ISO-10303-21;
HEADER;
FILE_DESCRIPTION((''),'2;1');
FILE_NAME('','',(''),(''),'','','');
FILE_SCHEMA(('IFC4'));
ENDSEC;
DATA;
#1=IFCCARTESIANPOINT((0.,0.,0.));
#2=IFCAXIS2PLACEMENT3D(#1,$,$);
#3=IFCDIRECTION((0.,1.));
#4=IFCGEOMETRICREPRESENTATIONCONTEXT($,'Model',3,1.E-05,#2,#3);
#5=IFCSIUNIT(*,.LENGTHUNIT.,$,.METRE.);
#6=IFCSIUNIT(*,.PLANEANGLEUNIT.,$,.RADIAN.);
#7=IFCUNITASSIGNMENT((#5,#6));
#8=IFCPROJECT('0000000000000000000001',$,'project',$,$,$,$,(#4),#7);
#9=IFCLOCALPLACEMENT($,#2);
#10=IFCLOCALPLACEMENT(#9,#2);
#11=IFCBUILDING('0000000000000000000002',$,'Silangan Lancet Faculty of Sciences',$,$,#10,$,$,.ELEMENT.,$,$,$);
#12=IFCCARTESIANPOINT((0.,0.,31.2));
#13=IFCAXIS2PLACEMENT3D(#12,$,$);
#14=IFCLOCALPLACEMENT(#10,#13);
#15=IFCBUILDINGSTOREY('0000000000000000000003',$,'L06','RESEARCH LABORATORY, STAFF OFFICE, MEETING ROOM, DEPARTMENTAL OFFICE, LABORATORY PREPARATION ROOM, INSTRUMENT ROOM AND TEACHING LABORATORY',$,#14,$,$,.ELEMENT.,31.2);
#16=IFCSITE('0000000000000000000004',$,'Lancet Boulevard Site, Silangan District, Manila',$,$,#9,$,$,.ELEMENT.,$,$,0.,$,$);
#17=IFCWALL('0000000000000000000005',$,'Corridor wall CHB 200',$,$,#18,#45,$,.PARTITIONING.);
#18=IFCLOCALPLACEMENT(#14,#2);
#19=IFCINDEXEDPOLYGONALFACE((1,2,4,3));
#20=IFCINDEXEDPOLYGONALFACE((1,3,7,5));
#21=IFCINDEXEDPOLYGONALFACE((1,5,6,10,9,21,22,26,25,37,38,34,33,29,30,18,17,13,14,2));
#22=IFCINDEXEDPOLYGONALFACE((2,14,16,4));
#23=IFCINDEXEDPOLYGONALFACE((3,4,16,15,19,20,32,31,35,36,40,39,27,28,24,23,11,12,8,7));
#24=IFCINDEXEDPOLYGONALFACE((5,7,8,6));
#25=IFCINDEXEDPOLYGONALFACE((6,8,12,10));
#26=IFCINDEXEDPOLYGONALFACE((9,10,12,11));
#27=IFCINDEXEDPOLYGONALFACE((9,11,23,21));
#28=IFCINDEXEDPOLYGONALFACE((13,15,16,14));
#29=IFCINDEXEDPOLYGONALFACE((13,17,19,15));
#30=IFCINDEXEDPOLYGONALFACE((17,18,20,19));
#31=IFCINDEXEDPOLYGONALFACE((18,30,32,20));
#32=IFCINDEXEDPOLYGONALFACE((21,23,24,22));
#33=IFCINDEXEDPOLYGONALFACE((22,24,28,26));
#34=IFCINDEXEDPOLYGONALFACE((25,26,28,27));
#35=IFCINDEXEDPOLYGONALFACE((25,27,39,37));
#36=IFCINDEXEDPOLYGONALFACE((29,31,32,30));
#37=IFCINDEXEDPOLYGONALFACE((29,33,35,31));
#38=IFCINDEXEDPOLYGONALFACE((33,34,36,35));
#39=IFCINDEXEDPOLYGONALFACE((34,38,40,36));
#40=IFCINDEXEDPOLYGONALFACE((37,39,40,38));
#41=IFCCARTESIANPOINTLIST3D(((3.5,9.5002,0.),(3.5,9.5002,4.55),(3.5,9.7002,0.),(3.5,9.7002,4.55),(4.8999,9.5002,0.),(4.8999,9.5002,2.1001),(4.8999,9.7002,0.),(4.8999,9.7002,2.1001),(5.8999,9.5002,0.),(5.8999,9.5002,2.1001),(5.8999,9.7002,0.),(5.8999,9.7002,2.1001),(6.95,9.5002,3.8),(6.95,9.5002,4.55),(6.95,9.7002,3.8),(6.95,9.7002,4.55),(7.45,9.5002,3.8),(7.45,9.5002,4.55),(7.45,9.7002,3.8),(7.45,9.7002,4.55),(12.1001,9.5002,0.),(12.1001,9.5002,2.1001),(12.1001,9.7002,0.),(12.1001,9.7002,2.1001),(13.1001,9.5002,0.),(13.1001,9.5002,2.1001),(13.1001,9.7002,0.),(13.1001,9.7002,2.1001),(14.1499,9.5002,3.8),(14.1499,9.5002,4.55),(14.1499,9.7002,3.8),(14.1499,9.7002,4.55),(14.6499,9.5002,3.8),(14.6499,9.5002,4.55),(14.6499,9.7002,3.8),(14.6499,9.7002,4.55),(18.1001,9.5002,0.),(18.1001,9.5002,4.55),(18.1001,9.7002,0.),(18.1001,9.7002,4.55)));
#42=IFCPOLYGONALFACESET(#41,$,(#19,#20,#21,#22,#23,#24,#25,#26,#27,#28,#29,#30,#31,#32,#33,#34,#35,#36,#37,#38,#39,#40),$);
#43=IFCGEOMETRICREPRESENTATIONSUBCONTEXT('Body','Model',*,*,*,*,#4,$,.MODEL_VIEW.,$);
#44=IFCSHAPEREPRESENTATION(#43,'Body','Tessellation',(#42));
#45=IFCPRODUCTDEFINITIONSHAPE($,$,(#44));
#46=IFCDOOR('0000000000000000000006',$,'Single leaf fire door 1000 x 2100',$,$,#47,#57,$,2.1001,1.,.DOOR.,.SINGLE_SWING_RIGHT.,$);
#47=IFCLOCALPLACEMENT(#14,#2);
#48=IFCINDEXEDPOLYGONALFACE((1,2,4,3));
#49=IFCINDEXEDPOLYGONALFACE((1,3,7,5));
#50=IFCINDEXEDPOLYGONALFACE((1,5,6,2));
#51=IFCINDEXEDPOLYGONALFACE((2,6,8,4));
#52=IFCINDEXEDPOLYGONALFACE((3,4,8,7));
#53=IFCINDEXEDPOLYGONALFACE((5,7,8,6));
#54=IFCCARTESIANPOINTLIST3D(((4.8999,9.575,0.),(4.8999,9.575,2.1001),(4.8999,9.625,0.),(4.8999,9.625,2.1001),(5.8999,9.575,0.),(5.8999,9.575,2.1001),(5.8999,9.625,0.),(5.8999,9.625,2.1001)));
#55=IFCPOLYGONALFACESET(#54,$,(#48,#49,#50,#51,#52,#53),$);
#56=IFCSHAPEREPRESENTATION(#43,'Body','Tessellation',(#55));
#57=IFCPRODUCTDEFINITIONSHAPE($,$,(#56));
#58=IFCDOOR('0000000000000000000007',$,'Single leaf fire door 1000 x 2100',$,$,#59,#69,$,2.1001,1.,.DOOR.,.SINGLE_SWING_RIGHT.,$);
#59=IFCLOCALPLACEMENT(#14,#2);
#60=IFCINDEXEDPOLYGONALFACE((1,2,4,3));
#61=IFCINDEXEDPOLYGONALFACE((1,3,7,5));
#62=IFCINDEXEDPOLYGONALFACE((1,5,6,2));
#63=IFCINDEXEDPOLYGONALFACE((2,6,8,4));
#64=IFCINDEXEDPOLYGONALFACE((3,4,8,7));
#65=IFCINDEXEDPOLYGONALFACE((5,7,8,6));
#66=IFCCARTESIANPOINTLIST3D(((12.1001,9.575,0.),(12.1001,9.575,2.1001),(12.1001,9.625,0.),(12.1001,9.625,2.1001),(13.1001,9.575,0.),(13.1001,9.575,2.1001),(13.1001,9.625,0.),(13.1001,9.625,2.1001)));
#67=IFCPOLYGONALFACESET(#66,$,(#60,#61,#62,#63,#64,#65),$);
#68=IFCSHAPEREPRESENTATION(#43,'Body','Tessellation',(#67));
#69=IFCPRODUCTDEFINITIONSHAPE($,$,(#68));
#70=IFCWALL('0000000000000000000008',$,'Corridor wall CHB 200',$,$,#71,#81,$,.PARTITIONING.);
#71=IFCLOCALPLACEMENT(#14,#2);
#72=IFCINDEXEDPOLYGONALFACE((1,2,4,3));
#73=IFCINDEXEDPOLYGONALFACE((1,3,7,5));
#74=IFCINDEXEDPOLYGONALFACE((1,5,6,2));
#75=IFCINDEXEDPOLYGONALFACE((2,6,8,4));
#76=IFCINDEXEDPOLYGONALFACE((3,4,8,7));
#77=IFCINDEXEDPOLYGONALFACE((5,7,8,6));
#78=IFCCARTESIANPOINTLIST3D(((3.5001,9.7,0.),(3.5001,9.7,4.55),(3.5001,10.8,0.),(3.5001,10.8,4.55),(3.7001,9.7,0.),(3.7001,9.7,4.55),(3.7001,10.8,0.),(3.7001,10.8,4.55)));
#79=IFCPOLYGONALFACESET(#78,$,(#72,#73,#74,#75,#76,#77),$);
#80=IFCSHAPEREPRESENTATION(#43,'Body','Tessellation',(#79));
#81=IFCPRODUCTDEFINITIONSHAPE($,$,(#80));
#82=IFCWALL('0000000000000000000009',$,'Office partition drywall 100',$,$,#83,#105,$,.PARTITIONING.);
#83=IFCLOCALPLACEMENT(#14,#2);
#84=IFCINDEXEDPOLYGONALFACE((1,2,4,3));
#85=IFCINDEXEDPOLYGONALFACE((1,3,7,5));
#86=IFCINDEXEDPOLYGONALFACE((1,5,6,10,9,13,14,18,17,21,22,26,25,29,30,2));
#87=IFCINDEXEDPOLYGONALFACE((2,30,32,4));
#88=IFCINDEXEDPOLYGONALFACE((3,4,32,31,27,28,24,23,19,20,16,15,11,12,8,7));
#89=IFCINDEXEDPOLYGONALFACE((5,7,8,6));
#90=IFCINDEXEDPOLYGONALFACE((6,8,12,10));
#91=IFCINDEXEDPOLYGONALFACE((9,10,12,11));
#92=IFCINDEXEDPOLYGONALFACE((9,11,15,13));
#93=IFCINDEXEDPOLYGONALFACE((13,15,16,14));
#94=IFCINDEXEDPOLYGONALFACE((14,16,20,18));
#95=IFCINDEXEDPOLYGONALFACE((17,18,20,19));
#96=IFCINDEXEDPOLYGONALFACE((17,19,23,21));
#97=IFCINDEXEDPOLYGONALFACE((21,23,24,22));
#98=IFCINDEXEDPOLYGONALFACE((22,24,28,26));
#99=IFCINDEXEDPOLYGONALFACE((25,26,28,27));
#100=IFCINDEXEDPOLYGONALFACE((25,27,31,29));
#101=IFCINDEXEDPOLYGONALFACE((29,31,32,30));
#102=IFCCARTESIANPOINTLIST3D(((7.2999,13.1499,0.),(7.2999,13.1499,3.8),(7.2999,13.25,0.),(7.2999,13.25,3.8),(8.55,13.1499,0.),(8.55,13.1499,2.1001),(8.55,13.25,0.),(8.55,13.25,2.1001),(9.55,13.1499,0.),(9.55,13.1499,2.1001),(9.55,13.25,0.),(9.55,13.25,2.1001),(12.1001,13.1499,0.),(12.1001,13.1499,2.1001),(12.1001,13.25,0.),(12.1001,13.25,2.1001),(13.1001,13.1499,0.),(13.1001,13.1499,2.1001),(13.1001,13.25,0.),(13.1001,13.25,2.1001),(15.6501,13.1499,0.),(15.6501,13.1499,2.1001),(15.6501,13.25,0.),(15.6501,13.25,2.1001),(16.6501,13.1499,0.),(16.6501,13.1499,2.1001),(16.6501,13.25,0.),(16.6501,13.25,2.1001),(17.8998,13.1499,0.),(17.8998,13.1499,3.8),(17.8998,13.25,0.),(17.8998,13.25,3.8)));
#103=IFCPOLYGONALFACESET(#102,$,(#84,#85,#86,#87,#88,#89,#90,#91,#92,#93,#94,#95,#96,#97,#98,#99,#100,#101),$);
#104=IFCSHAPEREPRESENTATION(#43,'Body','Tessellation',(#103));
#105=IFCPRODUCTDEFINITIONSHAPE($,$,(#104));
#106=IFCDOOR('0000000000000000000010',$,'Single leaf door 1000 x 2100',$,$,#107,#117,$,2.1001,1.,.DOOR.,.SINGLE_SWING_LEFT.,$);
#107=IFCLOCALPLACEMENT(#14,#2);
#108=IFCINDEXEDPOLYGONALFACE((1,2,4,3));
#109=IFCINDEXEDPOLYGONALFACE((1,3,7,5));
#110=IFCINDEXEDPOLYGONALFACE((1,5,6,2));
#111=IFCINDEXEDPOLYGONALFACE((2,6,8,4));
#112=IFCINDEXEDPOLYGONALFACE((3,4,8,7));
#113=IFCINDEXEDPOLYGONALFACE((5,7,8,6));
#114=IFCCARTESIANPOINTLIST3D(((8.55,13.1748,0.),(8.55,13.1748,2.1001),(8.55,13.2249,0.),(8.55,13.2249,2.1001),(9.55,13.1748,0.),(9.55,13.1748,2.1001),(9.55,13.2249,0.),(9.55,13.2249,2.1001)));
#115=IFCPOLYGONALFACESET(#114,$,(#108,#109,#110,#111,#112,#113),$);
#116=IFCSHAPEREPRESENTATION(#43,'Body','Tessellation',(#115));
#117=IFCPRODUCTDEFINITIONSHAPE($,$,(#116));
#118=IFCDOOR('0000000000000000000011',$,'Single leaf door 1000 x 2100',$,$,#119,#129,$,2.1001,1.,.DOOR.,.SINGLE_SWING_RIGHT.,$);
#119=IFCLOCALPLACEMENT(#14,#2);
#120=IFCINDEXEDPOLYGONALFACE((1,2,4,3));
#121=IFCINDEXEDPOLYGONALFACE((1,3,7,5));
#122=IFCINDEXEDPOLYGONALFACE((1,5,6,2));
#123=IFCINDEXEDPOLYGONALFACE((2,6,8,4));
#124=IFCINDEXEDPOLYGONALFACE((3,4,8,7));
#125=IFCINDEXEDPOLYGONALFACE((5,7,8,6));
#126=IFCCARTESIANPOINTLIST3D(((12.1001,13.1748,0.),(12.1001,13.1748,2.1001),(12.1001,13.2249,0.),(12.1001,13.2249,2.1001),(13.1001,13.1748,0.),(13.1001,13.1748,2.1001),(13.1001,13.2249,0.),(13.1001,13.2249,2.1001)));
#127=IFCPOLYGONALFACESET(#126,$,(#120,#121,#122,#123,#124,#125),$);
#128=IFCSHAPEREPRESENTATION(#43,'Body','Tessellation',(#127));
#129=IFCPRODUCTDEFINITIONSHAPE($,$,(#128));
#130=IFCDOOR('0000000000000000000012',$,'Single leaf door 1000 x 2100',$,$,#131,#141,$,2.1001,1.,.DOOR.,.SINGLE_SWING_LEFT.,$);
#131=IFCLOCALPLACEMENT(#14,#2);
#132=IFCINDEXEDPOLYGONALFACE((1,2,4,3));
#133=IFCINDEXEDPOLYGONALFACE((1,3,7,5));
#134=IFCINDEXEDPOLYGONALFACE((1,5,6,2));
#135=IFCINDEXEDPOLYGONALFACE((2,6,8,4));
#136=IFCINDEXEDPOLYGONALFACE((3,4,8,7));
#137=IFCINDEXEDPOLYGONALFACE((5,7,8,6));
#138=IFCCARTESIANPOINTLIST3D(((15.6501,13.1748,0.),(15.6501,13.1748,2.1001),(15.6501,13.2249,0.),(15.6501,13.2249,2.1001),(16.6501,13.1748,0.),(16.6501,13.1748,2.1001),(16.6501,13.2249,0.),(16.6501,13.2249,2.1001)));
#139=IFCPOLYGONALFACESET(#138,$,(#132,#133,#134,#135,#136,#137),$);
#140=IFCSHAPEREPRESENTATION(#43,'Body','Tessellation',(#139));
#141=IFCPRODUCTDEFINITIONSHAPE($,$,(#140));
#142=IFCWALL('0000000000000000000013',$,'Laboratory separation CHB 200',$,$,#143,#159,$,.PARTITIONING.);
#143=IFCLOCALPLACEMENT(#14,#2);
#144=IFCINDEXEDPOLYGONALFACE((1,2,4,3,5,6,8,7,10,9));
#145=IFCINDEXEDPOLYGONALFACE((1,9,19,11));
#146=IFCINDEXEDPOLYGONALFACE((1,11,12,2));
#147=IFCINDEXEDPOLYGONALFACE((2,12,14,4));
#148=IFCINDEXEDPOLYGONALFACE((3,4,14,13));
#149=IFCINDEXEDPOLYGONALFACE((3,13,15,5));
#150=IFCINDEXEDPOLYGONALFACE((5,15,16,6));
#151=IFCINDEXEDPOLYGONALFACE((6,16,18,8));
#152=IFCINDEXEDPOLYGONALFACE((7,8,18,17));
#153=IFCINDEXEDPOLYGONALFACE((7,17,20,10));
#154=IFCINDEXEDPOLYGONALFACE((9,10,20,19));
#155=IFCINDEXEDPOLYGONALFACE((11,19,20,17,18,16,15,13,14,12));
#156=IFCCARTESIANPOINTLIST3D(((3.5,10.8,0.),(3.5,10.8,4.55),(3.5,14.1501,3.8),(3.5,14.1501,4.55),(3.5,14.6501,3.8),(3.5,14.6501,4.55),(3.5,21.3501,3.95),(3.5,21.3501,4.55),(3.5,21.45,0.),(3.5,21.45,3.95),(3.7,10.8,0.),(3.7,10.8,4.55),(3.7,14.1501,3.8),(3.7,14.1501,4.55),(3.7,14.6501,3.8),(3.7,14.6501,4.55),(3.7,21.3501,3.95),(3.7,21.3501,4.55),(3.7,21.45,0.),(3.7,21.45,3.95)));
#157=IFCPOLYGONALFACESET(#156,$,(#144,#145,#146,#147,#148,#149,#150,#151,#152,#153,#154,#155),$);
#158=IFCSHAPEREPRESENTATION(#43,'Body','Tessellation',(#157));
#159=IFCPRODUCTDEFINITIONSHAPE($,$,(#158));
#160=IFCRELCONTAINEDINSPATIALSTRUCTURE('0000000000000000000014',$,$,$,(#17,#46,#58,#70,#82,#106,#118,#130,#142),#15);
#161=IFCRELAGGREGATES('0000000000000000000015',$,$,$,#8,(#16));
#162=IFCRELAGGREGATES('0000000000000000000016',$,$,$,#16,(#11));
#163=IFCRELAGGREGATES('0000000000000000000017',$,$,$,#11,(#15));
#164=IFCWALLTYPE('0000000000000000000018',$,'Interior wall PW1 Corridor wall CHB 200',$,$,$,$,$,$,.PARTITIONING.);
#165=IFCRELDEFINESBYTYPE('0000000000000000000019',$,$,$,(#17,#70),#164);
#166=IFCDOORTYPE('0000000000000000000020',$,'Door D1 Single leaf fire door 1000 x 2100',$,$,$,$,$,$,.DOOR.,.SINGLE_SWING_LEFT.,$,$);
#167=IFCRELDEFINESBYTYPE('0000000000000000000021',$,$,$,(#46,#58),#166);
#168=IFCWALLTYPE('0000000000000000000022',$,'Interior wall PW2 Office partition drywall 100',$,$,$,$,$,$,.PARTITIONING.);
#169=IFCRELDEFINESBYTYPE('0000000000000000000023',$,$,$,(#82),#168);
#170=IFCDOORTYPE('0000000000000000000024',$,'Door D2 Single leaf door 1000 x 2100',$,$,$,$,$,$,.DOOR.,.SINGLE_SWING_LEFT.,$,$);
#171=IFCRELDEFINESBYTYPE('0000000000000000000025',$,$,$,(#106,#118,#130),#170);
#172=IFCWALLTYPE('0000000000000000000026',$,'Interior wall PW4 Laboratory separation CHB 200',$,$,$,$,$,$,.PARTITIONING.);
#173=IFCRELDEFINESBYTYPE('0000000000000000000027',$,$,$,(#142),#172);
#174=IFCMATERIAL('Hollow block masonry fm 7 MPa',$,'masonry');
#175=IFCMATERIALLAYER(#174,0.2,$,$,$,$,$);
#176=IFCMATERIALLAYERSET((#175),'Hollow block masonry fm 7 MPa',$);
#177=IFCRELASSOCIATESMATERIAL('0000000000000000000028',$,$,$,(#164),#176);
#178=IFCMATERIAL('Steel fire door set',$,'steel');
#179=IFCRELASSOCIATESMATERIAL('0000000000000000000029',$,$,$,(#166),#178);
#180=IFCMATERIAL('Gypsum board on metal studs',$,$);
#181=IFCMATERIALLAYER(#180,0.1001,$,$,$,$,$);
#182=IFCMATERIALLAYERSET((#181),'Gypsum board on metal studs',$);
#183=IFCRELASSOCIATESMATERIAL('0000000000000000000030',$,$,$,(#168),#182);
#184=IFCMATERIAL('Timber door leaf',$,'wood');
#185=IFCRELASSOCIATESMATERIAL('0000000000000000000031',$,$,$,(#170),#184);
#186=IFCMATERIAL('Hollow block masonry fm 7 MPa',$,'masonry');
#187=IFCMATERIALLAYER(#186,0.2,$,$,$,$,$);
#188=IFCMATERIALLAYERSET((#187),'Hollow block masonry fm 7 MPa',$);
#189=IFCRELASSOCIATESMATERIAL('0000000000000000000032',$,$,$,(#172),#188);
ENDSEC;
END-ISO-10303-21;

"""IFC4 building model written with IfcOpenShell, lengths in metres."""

from ifc_helpers import new_model, si_unit, direction, frame, frame_2d, origin, place, context, subcontext, project, spatial, polyline, rectangle, outline, extrude, material, layer, layer_set, type_object, element, fill, save


model = new_model("IFC4")

# Units and contexts
model_context = context("Model", 3, precision=1e-05, world=origin(), true_north=direction((0.0, 1.0)))
body_context = subcontext(model_context, "Body", "Model", "MODEL_VIEW")
ifc_project = project(units=[si_unit("LENGTHUNIT", "METRE"), si_unit("PLANEANGLEUNIT", "RADIAN")], contexts=[model_context])

# Site, building, storey
site_placement = place(None, origin())
site = spatial("IfcSite", under=ifc_project, at=site_placement, Name="Lancet Boulevard Site, Silangan District, Manila", CompositionType="ELEMENT", RefElevation=0.0)
building_placement = place(site_placement, origin())
building = spatial("IfcBuilding", under=site, at=building_placement, Name="Silangan Lancet Faculty of Sciences", CompositionType="ELEMENT")
storey_placement = place(building_placement, frame((0.0, 0.0, 31.2)))
storey = spatial("IfcBuildingStorey", under=building, at=storey_placement, Name="L06", Description="RESEARCH LABORATORY, STAFF OFFICE, MEETING ROOM, DEPARTMENTAL OFFICE, LABORATORY PREPARATION ROOM, INSTRUMENT ROOM AND TEACHING LABORATORY", CompositionType="ELEMENT", Elevation=31.2)

# Wall, openings, doors
ifc_material_1 = material(Name="Hollow block masonry fm 7 MPa", Category="masonry")
ifc_layer_1 = layer(ifc_material_1, 0.2)
ifc_layer_set_1 = layer_set([ifc_layer_1], Name="Hollow block masonry fm 7 MPa")
wall_type_1 = type_object("IfcWallType", Name="Interior wall PW1 Corridor wall CHB 200", PredefinedType="PARTITIONING", material=ifc_layer_set_1)
ifc_material_2 = material(Name="Steel fire door set", Category="steel")
door_type_1 = type_object("IfcDoorType", Name="Door D1 Single leaf fire door 1000 x 2100", OperationType="SINGLE_SWING_LEFT", PredefinedType="DOOR", material=ifc_material_2)
wall_1_placement = place(storey_placement, frame((3.5, 9.6001, 0.0), z_axis=(0.0, 0.0, 1.0), x_axis=(1.0, 0.0, 0.0)))
wall_1 = element("IfcWall", 1, at=wall_1_placement, inside=storey, type_object=wall_type_1, Name="Corridor wall CHB 200", PredefinedType="PARTITIONING", context=body_context, shape_type="SweptSolid", body=[
    extrude(outline(polyline([(0.0, 0.0), (14.6001, 0.0), (14.6001, 4.55), (11.1499, 4.55), (11.1499, 3.8), (10.6499, 3.8), (10.6499, 4.55), (3.95, 4.55), (3.95, 3.8), (3.45, 3.8), (3.45, 4.55), (0.0, 4.55), (0.0, 0.0)])), frame((0.0, 0.1001, 0.0), z_axis=(0.0, -1.0, 0.0), x_axis=(1.0, 0.0, 0.0)), (0.0, 0.0, 1.0), 0.2),
])
opening_1_placement = place(wall_1_placement, frame((1.3999, 0.0, 0.0)))
opening_1 = element("IfcOpeningElement", 2, at=opening_1_placement, cuts=wall_1, PredefinedType="OPENING", context=body_context, shape_type="SweptSolid", body=[
    extrude(rectangle(XDim=1.0, YDim=2.1001, at=frame_2d((0.5, 1.05))), frame((0.0, 0.1099, 0.0), z_axis=(0.0, -1.0, 0.0), x_axis=(1.0, 0.0, 0.0)), (0.0, 0.0, 1.0), 0.22),
])
opening_2_placement = place(wall_1_placement, frame((8.6001, 0.0, 0.0)))
opening_2 = element("IfcOpeningElement", 3, at=opening_2_placement, cuts=wall_1, PredefinedType="OPENING", context=body_context, shape_type="SweptSolid", body=[
    extrude(rectangle(XDim=1.0, YDim=2.1001, at=frame_2d((0.5, 1.05))), frame((0.0, 0.1099, 0.0), z_axis=(0.0, -1.0, 0.0), x_axis=(1.0, 0.0, 0.0)), (0.0, 0.0, 1.0), 0.22),
])
door_1_placement = place(opening_1_placement, origin())
door_1 = element("IfcDoor", 4, at=door_1_placement, inside=storey, type_object=door_type_1, Name="Single leaf fire door 1000 x 2100", OperationType="SINGLE_SWING_RIGHT", OverallHeight=2.1001, OverallWidth=1.0, PredefinedType="DOOR", context=body_context, shape_type="SweptSolid", body=[
    extrude(rectangle(XDim=1.0, YDim=2.1001, at=frame_2d((0.5, 1.05))), frame((0.0, 0.0249, 0.0), z_axis=(0.0, -1.0, 0.0), x_axis=(1.0, 0.0, 0.0)), (0.0, 0.0, 1.0), 0.05),
])
fill(opening_1, door_1)
door_2_placement = place(opening_2_placement, origin())
door_2 = element("IfcDoor", 5, at=door_2_placement, inside=storey, type_object=door_type_1, Name="Single leaf fire door 1000 x 2100", OperationType="SINGLE_SWING_RIGHT", OverallHeight=2.1001, OverallWidth=1.0, PredefinedType="DOOR", context=body_context, shape_type="SweptSolid", body=[
    extrude(rectangle(XDim=1.0, YDim=2.1001, at=frame_2d((0.5, 1.05))), frame((0.0, 0.0249, 0.0), z_axis=(0.0, -1.0, 0.0), x_axis=(1.0, 0.0, 0.0)), (0.0, 0.0, 1.0), 0.05),
])
fill(opening_2, door_2)

# Wall
wall_2_placement = place(storey_placement, frame((3.6001, 9.7, 0.0), z_axis=(0.0, 0.0, 1.0), x_axis=(0.0, 1.0, 0.0)))
element("IfcWall", 6, at=wall_2_placement, inside=storey, type_object=wall_type_1, Name="Corridor wall CHB 200", PredefinedType="PARTITIONING", context=body_context, shape_type="SweptSolid", body=[
    extrude(rectangle(XDim=1.1001, YDim=0.2, at=frame_2d((0.55, 0.0))), origin(), (0.0, 0.0, 1.0), 4.55),
])

# Wall, openings, doors
ifc_material_3 = material(Name="Gypsum board on metal studs")
ifc_layer_2 = layer(ifc_material_3, 0.1001)
ifc_layer_set_2 = layer_set([ifc_layer_2], Name="Gypsum board on metal studs")
wall_type_2 = type_object("IfcWallType", Name="Interior wall PW2 Office partition drywall 100", PredefinedType="PARTITIONING", material=ifc_layer_set_2)
wall_3_placement = place(storey_placement, frame((7.3, 13.2, 0.0), z_axis=(0.0, 0.0, 1.0), x_axis=(1.0, 0.0, 0.0)))
wall_3 = element("IfcWall", 7, at=wall_3_placement, inside=storey, type_object=wall_type_2, Name="Office partition drywall 100", PredefinedType="PARTITIONING", context=body_context, shape_type="SweptSolid", body=[
    extrude(rectangle(XDim=10.5999, YDim=0.1001, at=frame_2d((5.2998, 0.0))), origin(), (0.0, 0.0, 1.0), 3.8),
])
opening_3_placement = place(wall_3_placement, frame((1.25, 0.0, 0.0)))
opening_3 = element("IfcOpeningElement", 8, at=opening_3_placement, cuts=wall_3, PredefinedType="OPENING", context=body_context, shape_type="SweptSolid", body=[
    extrude(rectangle(XDim=1.0, YDim=2.1001, at=frame_2d((0.5, 1.05))), frame((0.0, 0.0601, 0.0), z_axis=(0.0, -1.0, 0.0), x_axis=(1.0, 0.0, 0.0)), (0.0, 0.0, 1.0), 0.1201),
])
opening_4_placement = place(wall_3_placement, frame((4.8, 0.0, 0.0)))
opening_4 = element("IfcOpeningElement", 9, at=opening_4_placement, cuts=wall_3, PredefinedType="OPENING", context=body_context, shape_type="SweptSolid", body=[
    extrude(rectangle(XDim=1.0, YDim=2.1001, at=frame_2d((0.5, 1.05))), frame((0.0, 0.0601, 0.0), z_axis=(0.0, -1.0, 0.0), x_axis=(1.0, 0.0, 0.0)), (0.0, 0.0, 1.0), 0.1201),
])
opening_5_placement = place(wall_3_placement, frame((8.3501, 0.0, 0.0)))
opening_5 = element("IfcOpeningElement", 10, at=opening_5_placement, cuts=wall_3, PredefinedType="OPENING", context=body_context, shape_type="SweptSolid", body=[
    extrude(rectangle(XDim=1.0, YDim=2.1001, at=frame_2d((0.5, 1.05))), frame((0.0, 0.0601, 0.0), z_axis=(0.0, -1.0, 0.0), x_axis=(1.0, 0.0, 0.0)), (0.0, 0.0, 1.0), 0.1201),
])
ifc_material_4 = material(Name="Timber door leaf", Category="wood")
door_type_2 = type_object("IfcDoorType", Name="Door D2 Single leaf door 1000 x 2100", OperationType="SINGLE_SWING_LEFT", PredefinedType="DOOR", material=ifc_material_4)
door_3_placement = place(opening_3_placement, origin())
door_3 = element("IfcDoor", 11, at=door_3_placement, inside=storey, type_object=door_type_2, Name="Single leaf door 1000 x 2100", OperationType="SINGLE_SWING_LEFT", OverallHeight=2.1001, OverallWidth=1.0, PredefinedType="DOOR", context=body_context, shape_type="SweptSolid", body=[
    extrude(rectangle(XDim=1.0, YDim=2.1001, at=frame_2d((0.5, 1.05))), frame((0.0, 0.0249, 0.0), z_axis=(0.0, -1.0, 0.0), x_axis=(1.0, 0.0, 0.0)), (0.0, 0.0, 1.0), 0.05),
])
fill(opening_3, door_3)
door_4_placement = place(opening_4_placement, origin())
door_4 = element("IfcDoor", 12, at=door_4_placement, inside=storey, type_object=door_type_2, Name="Single leaf door 1000 x 2100", OperationType="SINGLE_SWING_RIGHT", OverallHeight=2.1001, OverallWidth=1.0, PredefinedType="DOOR", context=body_context, shape_type="SweptSolid", body=[
    extrude(rectangle(XDim=1.0, YDim=2.1001, at=frame_2d((0.5, 1.05))), frame((0.0, 0.0249, 0.0), z_axis=(0.0, -1.0, 0.0), x_axis=(1.0, 0.0, 0.0)), (0.0, 0.0, 1.0), 0.05),
])
fill(opening_4, door_4)
door_5_placement = place(opening_5_placement, origin())
door_5 = element("IfcDoor", 13, at=door_5_placement, inside=storey, type_object=door_type_2, Name="Single leaf door 1000 x 2100", OperationType="SINGLE_SWING_LEFT", OverallHeight=2.1001, OverallWidth=1.0, PredefinedType="DOOR", context=body_context, shape_type="SweptSolid", body=[
    extrude(rectangle(XDim=1.0, YDim=2.1001, at=frame_2d((0.5, 1.05))), frame((0.0, 0.0249, 0.0), z_axis=(0.0, -1.0, 0.0), x_axis=(1.0, 0.0, 0.0)), (0.0, 0.0, 1.0), 0.05),
])
fill(opening_5, door_5)

# Wall
ifc_material_5 = material(Name="Hollow block masonry fm 7 MPa", Category="masonry")
ifc_layer_3 = layer(ifc_material_5, 0.2)
ifc_layer_set_3 = layer_set([ifc_layer_3], Name="Hollow block masonry fm 7 MPa")
wall_type_3 = type_object("IfcWallType", Name="Interior wall PW4 Laboratory separation CHB 200", PredefinedType="PARTITIONING", material=ifc_layer_set_3)
wall_4_placement = place(storey_placement, frame((3.6001, 10.8, 0.0), z_axis=(0.0, 0.0, 1.0), x_axis=(0.0, 1.0, 0.0)))
element("IfcWall", 14, at=wall_4_placement, inside=storey, type_object=wall_type_3, Name="Laboratory separation CHB 200", PredefinedType="PARTITIONING", context=body_context, shape_type="SweptSolid", body=[
    extrude(outline(polyline([(0.0, 0.0), (10.6499, 0.0), (10.6499, 3.95), (10.55, 3.95), (10.55, 4.55), (3.8501, 4.55), (3.8501, 3.8), (3.3501, 3.8), (3.3501, 4.55), (0.0, 4.55), (0.0, 0.0)])), frame((0.0, 0.1001, 0.0), z_axis=(0.0, -1.0, 0.0), x_axis=(1.0, 0.0, 0.0)), (0.0, 0.0, 1.0), 0.2),
])

save(model, "model.ifc")
